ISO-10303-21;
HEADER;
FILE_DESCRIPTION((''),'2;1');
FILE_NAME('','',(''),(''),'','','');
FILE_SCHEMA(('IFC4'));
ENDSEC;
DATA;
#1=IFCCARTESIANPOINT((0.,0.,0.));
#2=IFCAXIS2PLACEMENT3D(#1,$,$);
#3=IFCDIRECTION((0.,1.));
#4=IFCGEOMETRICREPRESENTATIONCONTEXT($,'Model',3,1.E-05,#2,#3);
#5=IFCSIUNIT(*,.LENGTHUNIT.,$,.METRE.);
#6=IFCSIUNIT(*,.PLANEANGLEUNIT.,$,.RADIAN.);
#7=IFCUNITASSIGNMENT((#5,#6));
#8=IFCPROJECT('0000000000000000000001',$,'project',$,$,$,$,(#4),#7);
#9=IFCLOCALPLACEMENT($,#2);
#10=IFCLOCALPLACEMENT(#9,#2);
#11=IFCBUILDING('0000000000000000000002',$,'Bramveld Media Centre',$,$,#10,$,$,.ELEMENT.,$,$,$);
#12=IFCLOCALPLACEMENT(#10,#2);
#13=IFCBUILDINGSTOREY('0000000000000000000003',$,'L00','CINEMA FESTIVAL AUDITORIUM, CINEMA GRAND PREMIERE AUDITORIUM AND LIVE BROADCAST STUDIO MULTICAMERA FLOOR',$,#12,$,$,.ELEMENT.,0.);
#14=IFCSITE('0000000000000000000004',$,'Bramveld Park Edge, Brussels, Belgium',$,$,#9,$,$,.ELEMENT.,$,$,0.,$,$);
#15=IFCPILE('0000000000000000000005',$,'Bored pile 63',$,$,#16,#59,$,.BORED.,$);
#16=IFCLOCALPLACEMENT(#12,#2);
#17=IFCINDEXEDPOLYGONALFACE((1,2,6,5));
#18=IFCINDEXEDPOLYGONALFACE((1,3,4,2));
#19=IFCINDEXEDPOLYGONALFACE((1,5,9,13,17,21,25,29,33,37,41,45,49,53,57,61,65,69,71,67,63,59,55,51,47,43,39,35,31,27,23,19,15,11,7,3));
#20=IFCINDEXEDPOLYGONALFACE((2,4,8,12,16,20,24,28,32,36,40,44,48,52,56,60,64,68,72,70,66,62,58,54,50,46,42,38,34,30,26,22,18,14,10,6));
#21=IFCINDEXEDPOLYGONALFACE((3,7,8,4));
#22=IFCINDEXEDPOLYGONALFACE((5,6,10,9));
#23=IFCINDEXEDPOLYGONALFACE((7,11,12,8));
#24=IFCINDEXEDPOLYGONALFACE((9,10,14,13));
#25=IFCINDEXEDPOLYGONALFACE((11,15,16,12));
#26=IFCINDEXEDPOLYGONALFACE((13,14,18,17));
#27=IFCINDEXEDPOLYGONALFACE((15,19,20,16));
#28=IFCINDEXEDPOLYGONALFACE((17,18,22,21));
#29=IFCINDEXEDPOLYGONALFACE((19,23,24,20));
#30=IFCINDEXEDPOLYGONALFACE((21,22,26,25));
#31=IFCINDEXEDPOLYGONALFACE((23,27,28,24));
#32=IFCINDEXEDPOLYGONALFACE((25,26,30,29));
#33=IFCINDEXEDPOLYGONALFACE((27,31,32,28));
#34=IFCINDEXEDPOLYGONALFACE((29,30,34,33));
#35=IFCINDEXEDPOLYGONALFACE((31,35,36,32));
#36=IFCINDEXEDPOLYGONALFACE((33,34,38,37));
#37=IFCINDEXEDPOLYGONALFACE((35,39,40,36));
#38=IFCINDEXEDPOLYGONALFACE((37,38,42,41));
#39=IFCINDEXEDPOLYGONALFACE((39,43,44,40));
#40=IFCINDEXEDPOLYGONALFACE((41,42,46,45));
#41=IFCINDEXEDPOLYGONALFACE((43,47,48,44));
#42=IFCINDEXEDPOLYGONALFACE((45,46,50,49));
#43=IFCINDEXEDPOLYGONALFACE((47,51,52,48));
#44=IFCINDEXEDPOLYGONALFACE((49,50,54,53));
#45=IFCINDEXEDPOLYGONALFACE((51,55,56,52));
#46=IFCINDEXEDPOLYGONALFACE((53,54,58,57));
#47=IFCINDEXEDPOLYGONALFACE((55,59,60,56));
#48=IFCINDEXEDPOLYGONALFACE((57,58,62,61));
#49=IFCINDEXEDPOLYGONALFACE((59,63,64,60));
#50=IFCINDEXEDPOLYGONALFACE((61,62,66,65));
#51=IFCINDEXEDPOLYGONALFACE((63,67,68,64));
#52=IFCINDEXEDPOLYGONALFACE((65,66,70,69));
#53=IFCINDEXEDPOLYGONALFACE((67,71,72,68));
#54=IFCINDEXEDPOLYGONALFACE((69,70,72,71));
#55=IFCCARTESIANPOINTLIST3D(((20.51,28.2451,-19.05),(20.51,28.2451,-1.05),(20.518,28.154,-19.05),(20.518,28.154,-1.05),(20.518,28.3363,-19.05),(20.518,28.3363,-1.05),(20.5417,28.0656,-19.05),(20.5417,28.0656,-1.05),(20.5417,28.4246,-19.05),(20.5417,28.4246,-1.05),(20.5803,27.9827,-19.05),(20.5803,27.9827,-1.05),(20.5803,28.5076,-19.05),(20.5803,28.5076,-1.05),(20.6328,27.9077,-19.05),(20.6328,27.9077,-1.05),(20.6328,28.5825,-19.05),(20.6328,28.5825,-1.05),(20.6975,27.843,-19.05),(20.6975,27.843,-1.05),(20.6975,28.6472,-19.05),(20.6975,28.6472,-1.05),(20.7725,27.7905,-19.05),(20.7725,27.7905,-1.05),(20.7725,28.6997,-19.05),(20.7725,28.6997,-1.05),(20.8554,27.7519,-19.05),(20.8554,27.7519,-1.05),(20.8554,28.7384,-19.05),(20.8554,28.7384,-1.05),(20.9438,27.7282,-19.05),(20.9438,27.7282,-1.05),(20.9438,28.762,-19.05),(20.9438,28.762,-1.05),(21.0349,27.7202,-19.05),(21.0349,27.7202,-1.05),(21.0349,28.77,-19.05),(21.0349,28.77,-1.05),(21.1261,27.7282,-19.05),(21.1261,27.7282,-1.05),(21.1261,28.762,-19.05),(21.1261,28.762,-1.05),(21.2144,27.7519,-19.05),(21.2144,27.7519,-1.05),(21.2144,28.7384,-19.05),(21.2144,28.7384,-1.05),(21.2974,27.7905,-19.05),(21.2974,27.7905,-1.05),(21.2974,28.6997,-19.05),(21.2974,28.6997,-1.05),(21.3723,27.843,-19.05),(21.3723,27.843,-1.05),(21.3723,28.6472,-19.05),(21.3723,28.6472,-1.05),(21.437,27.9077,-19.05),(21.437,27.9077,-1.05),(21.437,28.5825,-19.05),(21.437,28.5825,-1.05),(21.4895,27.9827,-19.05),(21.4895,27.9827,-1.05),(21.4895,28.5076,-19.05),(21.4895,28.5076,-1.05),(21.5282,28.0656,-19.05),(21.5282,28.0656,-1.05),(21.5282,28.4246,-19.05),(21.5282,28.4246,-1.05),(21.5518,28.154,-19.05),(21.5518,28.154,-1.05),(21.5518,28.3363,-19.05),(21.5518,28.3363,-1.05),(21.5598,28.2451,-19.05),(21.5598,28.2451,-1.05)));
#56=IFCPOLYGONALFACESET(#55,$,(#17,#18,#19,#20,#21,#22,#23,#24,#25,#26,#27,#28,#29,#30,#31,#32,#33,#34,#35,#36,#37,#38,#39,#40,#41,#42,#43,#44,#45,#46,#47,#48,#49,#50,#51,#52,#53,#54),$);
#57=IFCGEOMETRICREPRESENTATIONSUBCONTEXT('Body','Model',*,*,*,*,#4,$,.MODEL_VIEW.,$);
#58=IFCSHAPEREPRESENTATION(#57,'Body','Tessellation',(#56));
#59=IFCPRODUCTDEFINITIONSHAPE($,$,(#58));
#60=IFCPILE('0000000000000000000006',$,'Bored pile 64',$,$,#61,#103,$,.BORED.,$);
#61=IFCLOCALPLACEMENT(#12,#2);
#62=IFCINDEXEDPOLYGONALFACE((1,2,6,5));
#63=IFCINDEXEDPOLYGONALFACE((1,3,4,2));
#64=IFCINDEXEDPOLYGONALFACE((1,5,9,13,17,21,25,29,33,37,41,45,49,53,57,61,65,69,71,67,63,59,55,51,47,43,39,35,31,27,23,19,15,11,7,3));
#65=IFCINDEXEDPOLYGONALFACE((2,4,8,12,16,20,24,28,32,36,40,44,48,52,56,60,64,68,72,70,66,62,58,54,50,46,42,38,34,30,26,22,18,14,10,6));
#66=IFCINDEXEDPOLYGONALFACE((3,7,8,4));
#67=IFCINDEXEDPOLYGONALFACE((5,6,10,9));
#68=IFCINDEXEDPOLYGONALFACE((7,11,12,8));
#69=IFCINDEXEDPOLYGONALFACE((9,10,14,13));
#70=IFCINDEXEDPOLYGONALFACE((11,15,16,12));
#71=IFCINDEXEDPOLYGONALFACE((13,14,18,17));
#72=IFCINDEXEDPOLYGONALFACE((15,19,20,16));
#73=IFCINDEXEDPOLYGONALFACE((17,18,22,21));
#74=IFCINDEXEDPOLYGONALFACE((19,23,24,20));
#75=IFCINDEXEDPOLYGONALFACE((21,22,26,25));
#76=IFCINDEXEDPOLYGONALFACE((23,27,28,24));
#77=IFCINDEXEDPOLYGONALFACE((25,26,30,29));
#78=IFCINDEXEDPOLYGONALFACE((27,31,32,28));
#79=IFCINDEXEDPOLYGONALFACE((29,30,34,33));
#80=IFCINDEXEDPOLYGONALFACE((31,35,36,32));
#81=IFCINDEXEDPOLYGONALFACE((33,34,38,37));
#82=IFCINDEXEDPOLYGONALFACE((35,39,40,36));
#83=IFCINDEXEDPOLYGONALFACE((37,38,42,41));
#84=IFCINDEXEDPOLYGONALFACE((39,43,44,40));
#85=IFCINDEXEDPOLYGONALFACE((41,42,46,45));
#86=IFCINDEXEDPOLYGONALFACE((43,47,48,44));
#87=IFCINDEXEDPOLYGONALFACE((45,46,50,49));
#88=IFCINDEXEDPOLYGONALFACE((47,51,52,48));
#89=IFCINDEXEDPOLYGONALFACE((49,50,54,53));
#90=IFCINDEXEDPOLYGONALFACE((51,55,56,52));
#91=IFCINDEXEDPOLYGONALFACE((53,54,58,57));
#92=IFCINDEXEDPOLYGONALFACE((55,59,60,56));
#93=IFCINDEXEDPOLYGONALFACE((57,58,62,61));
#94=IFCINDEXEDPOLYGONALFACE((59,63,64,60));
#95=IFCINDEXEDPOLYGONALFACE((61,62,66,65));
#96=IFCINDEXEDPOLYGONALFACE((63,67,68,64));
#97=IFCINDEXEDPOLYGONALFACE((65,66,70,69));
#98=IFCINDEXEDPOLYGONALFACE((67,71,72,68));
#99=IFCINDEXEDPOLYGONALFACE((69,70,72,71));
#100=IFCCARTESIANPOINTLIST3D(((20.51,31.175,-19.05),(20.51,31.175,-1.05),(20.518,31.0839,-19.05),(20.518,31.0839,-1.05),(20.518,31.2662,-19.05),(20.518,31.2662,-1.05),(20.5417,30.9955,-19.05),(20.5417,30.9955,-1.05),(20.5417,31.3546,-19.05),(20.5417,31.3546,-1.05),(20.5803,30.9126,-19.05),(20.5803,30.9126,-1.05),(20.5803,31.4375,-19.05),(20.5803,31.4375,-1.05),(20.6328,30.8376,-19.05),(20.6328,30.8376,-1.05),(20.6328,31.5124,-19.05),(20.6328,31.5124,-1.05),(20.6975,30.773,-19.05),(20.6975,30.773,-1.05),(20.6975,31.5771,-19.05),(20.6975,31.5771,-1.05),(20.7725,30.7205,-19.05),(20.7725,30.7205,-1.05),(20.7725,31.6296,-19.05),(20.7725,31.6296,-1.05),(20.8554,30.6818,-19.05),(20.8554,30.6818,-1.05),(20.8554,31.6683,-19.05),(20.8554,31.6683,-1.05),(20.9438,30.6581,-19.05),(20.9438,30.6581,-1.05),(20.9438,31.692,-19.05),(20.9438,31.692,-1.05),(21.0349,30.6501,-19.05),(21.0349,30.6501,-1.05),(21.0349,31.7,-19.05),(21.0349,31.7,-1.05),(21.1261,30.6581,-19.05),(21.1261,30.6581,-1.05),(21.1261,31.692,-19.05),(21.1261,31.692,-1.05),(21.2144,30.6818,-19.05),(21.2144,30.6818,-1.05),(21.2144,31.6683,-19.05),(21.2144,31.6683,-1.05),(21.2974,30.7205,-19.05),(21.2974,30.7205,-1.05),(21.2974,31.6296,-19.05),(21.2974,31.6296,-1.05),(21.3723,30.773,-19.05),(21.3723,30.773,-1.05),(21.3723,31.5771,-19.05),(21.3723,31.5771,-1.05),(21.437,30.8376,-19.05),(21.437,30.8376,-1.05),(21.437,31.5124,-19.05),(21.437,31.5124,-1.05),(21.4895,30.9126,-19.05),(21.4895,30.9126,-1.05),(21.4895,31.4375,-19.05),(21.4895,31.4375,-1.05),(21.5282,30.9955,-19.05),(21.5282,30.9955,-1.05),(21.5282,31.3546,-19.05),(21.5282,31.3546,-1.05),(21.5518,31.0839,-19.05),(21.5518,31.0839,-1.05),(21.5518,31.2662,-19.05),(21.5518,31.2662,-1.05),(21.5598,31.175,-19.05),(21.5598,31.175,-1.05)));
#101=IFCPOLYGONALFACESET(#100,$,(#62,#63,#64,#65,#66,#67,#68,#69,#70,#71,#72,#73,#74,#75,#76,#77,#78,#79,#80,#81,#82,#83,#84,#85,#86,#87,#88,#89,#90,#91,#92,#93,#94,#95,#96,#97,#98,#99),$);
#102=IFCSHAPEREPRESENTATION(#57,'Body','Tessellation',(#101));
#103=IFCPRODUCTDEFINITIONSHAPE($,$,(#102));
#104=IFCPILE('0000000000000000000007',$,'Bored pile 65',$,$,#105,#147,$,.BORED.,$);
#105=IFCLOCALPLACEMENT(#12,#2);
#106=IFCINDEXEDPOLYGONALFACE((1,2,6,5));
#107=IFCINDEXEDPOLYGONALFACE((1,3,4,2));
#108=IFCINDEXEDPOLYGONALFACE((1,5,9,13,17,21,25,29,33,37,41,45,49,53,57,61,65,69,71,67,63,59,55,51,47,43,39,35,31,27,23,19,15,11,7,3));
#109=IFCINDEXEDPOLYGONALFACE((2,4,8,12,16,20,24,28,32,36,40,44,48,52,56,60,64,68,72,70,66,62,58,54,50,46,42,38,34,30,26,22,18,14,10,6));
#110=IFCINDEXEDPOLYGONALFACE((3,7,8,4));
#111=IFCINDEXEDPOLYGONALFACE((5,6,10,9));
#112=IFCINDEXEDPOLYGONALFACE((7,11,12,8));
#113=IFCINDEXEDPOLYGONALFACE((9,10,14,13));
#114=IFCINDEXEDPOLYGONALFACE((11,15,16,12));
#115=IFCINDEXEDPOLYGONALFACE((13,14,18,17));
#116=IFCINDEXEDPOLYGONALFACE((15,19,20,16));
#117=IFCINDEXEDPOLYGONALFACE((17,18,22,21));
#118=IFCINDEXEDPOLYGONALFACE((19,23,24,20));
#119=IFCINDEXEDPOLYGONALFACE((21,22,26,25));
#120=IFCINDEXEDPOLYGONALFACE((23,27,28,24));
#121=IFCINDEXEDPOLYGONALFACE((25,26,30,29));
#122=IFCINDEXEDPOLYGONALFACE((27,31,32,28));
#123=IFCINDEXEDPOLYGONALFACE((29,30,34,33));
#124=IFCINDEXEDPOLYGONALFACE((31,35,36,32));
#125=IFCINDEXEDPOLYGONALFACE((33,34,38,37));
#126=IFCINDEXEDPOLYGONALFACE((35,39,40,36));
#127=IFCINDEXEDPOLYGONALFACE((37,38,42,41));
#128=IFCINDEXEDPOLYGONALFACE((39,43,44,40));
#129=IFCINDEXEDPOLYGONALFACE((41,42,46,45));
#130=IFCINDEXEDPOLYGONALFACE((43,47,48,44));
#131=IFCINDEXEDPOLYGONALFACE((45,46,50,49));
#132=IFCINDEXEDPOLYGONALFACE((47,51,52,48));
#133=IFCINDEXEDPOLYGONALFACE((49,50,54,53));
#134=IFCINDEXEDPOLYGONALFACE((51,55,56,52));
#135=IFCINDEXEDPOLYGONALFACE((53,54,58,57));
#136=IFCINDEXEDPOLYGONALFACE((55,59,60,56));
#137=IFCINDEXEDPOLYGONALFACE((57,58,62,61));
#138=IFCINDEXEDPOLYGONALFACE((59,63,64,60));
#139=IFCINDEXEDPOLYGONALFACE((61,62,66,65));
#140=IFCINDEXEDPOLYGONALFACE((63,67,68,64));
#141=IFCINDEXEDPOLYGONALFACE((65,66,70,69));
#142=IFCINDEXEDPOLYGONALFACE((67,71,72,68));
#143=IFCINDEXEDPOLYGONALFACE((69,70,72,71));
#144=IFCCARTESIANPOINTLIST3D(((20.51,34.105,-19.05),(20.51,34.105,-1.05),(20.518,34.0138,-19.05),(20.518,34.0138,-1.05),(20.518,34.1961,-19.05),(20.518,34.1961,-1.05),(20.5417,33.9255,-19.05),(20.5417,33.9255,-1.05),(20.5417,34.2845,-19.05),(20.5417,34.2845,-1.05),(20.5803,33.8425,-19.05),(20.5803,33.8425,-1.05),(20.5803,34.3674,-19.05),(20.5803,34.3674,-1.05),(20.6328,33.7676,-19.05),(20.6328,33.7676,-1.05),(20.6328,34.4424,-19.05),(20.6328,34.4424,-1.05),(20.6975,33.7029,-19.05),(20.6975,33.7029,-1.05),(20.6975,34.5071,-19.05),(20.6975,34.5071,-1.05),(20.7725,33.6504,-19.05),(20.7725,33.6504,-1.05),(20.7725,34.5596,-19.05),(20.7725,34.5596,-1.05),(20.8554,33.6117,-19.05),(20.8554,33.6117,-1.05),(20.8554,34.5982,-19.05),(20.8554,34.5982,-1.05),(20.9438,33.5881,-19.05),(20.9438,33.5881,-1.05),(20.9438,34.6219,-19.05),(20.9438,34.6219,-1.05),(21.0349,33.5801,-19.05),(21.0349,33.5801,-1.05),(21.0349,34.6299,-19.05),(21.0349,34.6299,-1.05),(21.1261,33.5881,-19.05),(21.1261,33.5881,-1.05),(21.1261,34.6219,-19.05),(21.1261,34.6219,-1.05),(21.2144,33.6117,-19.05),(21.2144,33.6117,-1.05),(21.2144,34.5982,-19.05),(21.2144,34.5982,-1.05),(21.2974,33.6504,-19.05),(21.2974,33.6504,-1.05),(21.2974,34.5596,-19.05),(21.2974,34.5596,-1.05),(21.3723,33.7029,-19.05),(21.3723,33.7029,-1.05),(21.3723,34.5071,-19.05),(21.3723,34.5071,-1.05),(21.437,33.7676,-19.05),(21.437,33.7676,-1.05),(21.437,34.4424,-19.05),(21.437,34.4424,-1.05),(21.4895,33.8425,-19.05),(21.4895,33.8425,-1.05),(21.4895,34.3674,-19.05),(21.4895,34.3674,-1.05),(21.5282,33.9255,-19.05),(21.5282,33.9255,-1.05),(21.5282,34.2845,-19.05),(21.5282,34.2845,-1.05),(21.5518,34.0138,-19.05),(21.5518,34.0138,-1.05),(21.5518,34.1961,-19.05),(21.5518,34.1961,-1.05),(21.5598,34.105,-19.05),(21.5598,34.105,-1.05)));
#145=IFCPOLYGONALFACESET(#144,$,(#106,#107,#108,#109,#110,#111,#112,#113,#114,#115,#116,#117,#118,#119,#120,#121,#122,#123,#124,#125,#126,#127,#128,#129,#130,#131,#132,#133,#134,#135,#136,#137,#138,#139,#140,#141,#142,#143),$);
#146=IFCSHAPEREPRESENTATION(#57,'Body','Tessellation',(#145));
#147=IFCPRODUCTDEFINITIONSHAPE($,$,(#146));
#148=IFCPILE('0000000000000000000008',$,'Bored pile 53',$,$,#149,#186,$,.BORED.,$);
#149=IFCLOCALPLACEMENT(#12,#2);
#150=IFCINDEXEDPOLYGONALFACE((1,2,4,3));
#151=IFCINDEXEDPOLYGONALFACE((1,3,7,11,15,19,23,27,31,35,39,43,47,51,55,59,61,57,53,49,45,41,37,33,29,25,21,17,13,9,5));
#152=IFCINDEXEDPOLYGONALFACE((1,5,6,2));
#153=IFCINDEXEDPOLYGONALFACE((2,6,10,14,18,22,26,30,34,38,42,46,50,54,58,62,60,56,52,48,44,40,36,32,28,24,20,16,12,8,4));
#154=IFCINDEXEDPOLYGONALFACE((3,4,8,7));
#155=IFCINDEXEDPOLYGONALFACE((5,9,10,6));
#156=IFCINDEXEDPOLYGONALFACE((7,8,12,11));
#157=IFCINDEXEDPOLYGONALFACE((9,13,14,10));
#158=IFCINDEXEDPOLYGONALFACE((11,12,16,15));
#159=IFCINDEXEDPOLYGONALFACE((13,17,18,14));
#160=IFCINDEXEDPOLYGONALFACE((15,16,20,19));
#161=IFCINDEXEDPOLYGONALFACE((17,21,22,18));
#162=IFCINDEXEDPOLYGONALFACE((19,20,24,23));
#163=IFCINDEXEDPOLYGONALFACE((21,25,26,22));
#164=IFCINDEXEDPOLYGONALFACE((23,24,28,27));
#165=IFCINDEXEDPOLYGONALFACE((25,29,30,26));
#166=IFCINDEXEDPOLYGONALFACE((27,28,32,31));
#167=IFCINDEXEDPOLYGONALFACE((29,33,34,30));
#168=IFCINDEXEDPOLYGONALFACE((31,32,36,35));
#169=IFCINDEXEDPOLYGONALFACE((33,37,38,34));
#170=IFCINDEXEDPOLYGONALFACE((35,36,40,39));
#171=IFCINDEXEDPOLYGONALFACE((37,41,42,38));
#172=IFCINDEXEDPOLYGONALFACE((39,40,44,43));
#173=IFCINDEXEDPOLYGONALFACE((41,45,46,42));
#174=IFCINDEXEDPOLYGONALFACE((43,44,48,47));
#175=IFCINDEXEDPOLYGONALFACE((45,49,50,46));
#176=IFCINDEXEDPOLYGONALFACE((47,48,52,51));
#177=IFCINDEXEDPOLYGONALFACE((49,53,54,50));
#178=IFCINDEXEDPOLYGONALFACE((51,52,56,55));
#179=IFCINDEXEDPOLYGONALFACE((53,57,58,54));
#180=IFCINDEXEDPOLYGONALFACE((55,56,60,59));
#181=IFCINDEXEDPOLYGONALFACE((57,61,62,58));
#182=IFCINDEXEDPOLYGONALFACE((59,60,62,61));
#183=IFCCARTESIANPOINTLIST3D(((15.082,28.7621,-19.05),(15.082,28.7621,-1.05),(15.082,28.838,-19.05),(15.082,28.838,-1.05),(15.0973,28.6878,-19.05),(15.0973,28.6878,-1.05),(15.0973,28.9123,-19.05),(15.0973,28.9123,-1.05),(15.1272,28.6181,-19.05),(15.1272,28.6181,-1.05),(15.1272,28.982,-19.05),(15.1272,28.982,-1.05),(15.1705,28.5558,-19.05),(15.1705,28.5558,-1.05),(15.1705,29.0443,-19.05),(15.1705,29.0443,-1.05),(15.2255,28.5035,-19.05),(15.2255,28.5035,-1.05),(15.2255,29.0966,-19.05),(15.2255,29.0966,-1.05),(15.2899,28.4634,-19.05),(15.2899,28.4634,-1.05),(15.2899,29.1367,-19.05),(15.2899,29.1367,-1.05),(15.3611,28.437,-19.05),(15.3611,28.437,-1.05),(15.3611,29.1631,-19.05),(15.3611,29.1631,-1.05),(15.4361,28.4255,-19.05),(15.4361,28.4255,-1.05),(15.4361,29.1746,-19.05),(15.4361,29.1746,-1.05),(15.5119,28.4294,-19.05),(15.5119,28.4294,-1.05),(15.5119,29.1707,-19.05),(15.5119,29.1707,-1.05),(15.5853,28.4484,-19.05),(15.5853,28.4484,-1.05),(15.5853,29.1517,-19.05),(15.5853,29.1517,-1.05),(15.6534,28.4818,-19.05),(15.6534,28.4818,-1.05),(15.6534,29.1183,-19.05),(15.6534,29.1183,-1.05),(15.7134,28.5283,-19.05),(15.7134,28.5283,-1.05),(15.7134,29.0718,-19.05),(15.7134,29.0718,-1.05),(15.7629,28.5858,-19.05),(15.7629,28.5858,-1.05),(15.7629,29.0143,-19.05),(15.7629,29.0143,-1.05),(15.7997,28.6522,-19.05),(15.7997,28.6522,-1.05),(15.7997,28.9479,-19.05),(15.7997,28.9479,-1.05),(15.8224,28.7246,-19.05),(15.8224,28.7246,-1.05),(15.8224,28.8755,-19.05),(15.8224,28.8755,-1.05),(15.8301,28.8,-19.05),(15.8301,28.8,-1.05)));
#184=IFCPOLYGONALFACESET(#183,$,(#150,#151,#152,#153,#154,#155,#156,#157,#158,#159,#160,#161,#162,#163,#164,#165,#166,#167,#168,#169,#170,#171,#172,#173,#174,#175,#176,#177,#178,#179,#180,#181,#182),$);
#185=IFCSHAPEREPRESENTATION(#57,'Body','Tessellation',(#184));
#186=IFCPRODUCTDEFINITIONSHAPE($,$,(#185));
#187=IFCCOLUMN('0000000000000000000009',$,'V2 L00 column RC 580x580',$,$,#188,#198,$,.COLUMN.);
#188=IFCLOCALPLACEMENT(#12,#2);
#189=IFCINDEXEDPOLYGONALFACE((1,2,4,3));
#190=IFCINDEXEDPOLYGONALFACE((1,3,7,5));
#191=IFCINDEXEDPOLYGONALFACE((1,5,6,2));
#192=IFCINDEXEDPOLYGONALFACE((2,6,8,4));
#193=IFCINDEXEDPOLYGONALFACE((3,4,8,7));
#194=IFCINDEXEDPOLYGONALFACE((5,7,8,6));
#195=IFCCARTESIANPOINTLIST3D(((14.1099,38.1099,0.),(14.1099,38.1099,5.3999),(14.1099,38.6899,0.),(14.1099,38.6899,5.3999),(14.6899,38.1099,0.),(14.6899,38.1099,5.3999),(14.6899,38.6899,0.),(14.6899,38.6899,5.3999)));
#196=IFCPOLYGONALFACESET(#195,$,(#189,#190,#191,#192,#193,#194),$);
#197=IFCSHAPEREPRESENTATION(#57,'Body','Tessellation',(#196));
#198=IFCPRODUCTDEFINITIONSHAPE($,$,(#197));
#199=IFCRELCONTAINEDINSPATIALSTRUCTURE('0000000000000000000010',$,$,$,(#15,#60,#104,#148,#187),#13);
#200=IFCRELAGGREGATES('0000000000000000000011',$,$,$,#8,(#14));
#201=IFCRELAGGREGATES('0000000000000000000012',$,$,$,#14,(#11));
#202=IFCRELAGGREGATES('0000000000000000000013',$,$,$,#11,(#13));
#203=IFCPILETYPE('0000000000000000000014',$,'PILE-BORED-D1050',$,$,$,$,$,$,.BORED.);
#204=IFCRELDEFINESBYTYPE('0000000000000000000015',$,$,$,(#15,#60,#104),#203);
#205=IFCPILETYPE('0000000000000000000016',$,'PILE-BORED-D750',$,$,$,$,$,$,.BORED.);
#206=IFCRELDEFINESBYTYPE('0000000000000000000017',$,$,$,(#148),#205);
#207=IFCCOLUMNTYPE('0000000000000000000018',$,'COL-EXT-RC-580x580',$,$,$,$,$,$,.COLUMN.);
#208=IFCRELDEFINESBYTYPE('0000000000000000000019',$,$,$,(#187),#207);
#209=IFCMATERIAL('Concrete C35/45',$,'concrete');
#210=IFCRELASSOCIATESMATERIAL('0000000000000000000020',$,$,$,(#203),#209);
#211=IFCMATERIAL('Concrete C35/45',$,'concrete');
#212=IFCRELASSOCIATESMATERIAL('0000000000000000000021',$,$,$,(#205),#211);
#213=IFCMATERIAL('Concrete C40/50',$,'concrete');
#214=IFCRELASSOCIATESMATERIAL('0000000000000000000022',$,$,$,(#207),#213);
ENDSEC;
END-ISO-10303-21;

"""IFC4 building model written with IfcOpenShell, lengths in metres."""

from ifc_helpers import new_model, si_unit, direction, frame, origin, origin_2d, place, context, subcontext, project, spatial, rectangle, circle, extrude, material, material_profile, profile_set, type_object, element, save


model = new_model("IFC4")

# Units and contexts
model_context = context("Model", 3, precision=1e-05, world=origin(), true_north=direction((0.0, 1.0)))
body_context = subcontext(model_context, "Body", "Model", "MODEL_VIEW")
ifc_project = project(units=[si_unit("LENGTHUNIT", "METRE"), si_unit("PLANEANGLEUNIT", "RADIAN")], contexts=[model_context])

# Site, building, storey
site_placement = place(None, origin())
site = spatial("IfcSite", under=ifc_project, at=site_placement, Name="Bramveld Park Edge, Brussels, Belgium", CompositionType="ELEMENT", RefElevation=0.0)
building_placement = place(site_placement, origin())
building = spatial("IfcBuilding", under=site, at=building_placement, Name="Bramveld Media Centre", CompositionType="ELEMENT")
storey_placement = place(building_placement, origin())
storey = spatial("IfcBuildingStorey", under=building, at=storey_placement, Name="L00", Description="CINEMA FESTIVAL AUDITORIUM, CINEMA GRAND PREMIERE AUDITORIUM AND LIVE BROADCAST STUDIO MULTICAMERA FLOOR", CompositionType="ELEMENT", Elevation=0.0)

# Piles
ifc_material_1 = material(Name="Concrete C35/45", Category="concrete")
ifc_material_profile_1 = material_profile(ifc_material_1, circle(Radius=0.5249, at=origin_2d()), Name="BORED D1050")
ifc_profile_set_1 = profile_set([ifc_material_profile_1], Name="Concrete C35/45")
pile_type_1 = type_object("IfcPileType", Name="PILE-BORED-D1050", PredefinedType="BORED", material=ifc_profile_set_1)
for number, where, z_axis, x_axis, name in (
    (1, (21.0349, 28.2451, -1.05), (0.0, 0.0, -1.0), (1.0, 0.0, 0.0), "Bored pile 63"),
    (2, (21.0349, 31.175, -1.05), (0.0, 0.0, -1.0), (1.0, 0.0, 0.0), "Bored pile 64"),
    (3, (21.0349, 34.105, -1.05), (0.0, 0.0, -1.0), (1.0, 0.0, 0.0), "Bored pile 65"),
):
    element("IfcPile", number, at=place(storey_placement, frame(where, z_axis=z_axis, x_axis=x_axis)), inside=storey, type_object=pile_type_1, Name=name, PredefinedType="BORED", context=body_context, shape_type="SweptSolid", body=[
        extrude(circle(Radius=0.5249, at=origin_2d()), origin(), (0.0, 0.0, 1.0), 18.0),
    ])
ifc_material_2 = material(Name="Concrete C35/45", Category="concrete")
ifc_material_profile_2 = material_profile(ifc_material_2, circle(Radius=0.375, at=origin_2d()), Name="BORED D750")
ifc_profile_set_2 = profile_set([ifc_material_profile_2], Name="Concrete C35/45")
pile_type_2 = type_object("IfcPileType", Name="PILE-BORED-D750", PredefinedType="BORED", material=ifc_profile_set_2)
pile_placement = place(storey_placement, frame((15.4551, 28.8, -1.05), z_axis=(0.0, 0.0, -1.0), x_axis=(1.0, 0.0, 0.0)))
element("IfcPile", 4, at=pile_placement, inside=storey, type_object=pile_type_2, Name="Bored pile 53", PredefinedType="BORED", context=body_context, shape_type="SweptSolid", body=[
    extrude(circle(Radius=0.375, at=origin_2d()), origin(), (0.0, 0.0, 1.0), 18.0),
])

# Column
ifc_material_3 = material(Name="Concrete C40/50", Category="concrete")
ifc_material_profile_3 = material_profile(ifc_material_3, rectangle(XDim=0.5801, YDim=0.5801, at=origin_2d()), Name="RC 580x580")
ifc_profile_set_3 = profile_set([ifc_material_profile_3], Name="Concrete C40/50")
column_type_1 = type_object("IfcColumnType", Name="COL-EXT-RC-580x580", PredefinedType="COLUMN", material=ifc_profile_set_3)
column_1_placement = place(storey_placement, frame((14.3999, 38.3999, 0.0), z_axis=(0.0, 0.0, 1.0), x_axis=(1.0, 0.0, 0.0)))
element("IfcColumn", 5, at=column_1_placement, inside=storey, type_object=column_type_1, Name="V2 L00 column RC 580x580", PredefinedType="COLUMN", context=body_context, shape_type="SweptSolid", body=[
    extrude(rectangle(XDim=0.5801, YDim=0.5801, at=origin_2d()), origin(), (0.0, 0.0, 1.0), 5.3999),
])

save(model, "model.ifc")
